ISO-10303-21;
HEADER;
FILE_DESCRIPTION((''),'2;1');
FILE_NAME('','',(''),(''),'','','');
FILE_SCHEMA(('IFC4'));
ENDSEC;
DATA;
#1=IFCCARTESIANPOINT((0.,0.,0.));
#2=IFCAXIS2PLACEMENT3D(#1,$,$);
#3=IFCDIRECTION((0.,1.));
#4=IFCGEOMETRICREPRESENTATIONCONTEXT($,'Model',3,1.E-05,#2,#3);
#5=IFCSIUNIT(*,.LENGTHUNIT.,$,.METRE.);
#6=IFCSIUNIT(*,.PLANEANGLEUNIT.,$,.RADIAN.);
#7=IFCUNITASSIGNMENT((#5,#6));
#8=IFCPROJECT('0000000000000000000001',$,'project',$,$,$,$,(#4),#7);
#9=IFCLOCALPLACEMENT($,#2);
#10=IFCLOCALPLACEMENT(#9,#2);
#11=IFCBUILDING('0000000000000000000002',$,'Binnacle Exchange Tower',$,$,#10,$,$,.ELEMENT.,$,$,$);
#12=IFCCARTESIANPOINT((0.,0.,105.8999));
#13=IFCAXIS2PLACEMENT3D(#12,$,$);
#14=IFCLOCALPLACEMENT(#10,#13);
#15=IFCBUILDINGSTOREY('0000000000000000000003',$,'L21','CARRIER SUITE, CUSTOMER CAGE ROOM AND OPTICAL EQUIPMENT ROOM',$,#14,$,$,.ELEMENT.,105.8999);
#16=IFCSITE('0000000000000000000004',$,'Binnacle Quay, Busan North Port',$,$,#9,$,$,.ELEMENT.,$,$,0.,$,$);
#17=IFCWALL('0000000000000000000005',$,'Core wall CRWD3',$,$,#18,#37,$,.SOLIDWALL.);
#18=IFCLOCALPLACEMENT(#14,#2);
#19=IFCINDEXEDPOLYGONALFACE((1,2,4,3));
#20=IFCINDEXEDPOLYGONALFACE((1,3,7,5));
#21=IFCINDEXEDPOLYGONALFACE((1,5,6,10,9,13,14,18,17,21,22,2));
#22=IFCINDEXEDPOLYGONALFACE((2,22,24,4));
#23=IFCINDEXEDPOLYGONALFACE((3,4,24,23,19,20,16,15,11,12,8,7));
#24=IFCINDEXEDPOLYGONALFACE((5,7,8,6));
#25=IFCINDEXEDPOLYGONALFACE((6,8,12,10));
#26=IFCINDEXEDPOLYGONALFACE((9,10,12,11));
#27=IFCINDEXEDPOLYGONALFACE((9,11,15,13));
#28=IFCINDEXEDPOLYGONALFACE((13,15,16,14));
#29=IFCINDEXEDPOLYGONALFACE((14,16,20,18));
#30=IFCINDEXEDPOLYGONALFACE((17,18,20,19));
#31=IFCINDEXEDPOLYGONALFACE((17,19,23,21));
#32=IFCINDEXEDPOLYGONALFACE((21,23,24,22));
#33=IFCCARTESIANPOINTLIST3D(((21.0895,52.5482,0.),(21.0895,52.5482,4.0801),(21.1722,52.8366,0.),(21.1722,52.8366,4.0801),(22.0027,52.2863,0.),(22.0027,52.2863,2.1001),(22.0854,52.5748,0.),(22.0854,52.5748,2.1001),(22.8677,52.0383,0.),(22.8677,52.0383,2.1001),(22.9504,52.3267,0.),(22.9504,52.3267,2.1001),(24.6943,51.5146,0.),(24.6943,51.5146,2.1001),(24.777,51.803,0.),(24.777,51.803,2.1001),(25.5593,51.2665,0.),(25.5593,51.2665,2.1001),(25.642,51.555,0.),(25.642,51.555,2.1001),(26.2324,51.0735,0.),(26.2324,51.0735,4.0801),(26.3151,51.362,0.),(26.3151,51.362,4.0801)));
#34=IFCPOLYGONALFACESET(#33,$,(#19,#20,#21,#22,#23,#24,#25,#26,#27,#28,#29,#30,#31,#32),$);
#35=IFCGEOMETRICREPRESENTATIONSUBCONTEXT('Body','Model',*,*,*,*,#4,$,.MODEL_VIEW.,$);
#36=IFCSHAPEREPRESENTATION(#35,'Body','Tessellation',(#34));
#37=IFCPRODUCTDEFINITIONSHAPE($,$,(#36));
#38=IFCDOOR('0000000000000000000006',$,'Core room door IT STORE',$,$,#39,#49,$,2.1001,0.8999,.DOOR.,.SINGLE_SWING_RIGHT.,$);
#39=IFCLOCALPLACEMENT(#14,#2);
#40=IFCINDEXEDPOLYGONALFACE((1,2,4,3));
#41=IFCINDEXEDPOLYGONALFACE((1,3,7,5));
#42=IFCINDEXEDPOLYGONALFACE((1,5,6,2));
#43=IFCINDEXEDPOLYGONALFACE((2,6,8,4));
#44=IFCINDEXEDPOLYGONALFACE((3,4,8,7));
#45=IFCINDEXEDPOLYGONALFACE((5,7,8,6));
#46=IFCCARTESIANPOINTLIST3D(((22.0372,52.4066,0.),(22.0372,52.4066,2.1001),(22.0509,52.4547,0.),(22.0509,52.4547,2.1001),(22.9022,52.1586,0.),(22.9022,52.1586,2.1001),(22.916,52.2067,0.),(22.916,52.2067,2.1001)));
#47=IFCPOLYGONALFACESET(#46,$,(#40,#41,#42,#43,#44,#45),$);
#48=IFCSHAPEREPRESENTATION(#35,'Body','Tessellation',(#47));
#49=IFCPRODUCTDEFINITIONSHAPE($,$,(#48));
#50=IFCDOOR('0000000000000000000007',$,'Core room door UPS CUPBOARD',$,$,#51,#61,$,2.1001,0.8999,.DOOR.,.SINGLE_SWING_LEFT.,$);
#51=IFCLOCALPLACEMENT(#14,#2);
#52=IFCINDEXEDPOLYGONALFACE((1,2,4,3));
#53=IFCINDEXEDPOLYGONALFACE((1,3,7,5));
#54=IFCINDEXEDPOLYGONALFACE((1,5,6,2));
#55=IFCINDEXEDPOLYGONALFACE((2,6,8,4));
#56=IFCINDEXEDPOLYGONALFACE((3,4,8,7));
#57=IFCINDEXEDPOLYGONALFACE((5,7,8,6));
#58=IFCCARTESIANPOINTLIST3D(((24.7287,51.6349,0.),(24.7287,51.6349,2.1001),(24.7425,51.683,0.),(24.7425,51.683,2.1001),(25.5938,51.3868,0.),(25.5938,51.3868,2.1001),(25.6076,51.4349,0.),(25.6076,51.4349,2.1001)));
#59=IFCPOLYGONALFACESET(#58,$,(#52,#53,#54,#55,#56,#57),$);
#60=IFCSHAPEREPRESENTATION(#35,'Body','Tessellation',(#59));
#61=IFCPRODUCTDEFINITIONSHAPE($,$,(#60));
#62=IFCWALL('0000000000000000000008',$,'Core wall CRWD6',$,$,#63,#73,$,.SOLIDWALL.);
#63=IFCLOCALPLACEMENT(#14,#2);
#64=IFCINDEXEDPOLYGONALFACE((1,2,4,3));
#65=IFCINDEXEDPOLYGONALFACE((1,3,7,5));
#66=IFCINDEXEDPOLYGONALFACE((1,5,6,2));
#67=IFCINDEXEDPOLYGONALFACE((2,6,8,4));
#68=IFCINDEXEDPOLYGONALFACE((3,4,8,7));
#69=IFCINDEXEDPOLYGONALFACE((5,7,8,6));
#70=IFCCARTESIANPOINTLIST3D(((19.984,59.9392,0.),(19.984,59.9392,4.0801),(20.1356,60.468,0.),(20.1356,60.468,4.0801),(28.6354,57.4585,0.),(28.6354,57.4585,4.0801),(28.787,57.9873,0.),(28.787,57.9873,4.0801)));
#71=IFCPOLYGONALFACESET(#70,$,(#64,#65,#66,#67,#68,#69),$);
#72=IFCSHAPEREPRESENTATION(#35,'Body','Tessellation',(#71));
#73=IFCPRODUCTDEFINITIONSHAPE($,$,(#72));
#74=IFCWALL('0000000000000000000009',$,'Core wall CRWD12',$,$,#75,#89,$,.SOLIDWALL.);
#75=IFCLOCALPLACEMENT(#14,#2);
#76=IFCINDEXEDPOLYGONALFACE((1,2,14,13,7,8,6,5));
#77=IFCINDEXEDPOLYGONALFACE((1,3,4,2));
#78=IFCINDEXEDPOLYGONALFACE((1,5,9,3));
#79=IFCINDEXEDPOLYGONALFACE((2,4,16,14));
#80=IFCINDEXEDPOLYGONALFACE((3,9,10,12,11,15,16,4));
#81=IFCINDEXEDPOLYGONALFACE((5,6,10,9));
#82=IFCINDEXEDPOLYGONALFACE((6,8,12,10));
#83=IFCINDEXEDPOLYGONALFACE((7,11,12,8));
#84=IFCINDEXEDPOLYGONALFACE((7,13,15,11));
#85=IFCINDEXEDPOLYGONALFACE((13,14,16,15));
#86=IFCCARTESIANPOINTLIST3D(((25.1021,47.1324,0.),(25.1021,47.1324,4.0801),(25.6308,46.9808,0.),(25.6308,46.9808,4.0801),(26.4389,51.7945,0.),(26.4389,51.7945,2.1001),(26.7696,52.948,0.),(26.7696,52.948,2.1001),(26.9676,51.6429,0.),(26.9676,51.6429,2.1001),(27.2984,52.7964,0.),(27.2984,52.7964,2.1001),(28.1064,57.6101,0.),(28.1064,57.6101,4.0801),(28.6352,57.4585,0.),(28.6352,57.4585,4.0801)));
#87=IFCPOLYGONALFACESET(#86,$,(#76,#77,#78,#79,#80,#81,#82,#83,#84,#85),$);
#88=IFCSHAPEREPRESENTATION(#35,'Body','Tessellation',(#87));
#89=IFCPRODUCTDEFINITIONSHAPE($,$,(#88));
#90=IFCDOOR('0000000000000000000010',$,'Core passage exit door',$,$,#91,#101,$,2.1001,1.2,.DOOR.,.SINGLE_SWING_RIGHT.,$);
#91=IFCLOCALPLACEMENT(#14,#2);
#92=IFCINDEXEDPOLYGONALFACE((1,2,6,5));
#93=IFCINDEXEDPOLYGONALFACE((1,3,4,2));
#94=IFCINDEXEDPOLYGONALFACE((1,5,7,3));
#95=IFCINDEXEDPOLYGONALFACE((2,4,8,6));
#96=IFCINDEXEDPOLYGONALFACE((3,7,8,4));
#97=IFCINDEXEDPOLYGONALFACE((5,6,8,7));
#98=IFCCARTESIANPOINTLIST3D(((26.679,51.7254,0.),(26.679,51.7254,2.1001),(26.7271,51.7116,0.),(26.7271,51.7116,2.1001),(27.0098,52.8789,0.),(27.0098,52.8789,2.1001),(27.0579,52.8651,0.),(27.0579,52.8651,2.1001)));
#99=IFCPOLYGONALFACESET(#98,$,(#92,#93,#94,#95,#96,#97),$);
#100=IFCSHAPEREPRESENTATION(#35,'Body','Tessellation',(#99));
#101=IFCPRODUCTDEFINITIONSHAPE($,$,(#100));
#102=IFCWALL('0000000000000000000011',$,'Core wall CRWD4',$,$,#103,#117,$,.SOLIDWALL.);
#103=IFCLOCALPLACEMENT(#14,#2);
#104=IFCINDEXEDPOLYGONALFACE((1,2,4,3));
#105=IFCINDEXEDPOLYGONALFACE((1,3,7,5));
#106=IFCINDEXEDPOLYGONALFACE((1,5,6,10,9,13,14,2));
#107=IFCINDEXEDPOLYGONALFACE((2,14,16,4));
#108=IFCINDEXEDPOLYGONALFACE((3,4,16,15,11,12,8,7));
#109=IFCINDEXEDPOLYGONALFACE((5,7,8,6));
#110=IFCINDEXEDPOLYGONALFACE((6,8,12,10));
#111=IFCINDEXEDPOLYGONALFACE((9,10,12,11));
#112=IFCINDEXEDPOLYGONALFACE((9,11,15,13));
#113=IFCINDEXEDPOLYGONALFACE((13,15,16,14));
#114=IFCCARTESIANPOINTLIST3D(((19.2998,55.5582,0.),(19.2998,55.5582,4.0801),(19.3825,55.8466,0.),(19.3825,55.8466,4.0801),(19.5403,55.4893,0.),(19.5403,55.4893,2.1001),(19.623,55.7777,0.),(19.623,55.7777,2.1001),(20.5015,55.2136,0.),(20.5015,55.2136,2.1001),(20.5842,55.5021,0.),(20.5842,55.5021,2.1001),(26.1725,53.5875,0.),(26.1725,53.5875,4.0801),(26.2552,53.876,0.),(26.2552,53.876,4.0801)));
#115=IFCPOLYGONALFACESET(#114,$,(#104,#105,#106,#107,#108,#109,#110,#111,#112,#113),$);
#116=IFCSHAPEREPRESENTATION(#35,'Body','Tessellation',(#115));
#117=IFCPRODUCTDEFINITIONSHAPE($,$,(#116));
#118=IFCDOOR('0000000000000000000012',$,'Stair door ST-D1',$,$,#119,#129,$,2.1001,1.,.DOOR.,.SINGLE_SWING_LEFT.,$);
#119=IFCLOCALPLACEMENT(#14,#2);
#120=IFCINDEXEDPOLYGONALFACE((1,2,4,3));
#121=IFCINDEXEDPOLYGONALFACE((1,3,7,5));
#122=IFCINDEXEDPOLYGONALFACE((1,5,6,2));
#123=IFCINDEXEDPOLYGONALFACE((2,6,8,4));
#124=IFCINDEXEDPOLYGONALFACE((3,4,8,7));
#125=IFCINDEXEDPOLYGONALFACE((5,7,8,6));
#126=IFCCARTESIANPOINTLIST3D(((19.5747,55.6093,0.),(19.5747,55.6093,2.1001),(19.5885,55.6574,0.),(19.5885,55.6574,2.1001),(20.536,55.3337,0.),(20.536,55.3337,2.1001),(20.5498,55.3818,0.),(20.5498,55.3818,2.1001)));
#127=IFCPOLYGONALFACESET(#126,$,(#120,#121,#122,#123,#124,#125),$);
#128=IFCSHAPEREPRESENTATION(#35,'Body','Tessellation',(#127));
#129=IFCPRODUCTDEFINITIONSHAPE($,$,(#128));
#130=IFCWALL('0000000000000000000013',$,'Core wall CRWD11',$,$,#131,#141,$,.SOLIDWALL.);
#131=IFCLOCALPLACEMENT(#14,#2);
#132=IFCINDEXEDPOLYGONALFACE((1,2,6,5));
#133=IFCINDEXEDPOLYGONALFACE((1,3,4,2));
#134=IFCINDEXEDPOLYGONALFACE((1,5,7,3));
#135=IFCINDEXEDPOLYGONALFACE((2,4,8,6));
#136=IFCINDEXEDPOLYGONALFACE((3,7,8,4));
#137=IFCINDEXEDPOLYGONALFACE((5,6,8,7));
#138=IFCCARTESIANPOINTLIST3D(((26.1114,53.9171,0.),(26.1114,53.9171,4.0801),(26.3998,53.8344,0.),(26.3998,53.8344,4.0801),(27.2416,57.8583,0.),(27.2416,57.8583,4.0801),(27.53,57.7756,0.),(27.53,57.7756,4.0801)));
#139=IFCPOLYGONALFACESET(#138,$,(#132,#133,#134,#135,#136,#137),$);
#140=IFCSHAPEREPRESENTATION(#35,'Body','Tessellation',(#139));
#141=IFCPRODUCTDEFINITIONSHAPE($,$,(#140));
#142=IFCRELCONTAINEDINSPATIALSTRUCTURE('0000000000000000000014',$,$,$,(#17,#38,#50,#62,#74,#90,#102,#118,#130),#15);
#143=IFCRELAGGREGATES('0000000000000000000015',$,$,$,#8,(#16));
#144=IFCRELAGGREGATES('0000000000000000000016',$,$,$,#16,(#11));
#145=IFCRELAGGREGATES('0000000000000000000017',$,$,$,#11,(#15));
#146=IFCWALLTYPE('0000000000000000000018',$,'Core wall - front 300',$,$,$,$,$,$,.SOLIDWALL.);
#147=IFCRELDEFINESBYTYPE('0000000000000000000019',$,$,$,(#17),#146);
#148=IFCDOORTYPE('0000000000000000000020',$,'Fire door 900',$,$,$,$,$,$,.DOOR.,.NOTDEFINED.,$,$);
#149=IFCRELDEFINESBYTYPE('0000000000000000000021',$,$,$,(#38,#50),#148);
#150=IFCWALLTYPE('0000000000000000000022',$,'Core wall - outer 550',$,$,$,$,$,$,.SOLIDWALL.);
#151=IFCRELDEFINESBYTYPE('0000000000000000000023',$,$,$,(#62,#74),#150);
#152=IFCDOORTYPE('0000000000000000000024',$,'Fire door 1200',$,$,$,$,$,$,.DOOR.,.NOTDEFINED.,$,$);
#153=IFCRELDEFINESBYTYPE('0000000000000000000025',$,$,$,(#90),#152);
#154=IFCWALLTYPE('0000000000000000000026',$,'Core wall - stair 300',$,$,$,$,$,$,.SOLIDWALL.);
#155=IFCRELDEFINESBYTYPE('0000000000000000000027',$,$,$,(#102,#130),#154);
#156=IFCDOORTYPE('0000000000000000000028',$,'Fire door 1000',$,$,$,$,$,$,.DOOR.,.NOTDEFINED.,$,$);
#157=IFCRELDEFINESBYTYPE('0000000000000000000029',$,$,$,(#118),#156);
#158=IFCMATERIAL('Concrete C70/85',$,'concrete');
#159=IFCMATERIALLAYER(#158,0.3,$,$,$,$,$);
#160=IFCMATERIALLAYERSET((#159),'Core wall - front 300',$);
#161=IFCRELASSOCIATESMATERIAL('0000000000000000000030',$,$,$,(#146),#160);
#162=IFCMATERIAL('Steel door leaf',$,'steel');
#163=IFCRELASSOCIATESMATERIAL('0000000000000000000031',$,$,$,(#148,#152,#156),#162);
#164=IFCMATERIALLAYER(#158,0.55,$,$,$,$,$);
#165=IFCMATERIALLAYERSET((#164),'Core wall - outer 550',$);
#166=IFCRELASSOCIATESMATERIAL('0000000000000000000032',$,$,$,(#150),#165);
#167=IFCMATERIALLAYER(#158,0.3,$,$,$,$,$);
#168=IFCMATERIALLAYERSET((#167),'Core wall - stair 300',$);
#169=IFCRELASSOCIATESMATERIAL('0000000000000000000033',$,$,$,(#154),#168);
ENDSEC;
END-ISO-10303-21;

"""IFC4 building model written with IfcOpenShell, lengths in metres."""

from ifc_helpers import new_model, si_unit, direction, frame, frame_2d, origin, place, context, subcontext, project, spatial, rectangle, extrude, material, layer, layer_set, type_object, element, fill, save


model = new_model("IFC4")

# Units and contexts
model_context = context("Model", 3, precision=1e-05, world=origin(), true_north=direction((0.0, 1.0)))
body_context = subcontext(model_context, "Body", "Model", "MODEL_VIEW")
ifc_project = project(units=[si_unit("LENGTHUNIT", "METRE"), si_unit("PLANEANGLEUNIT", "RADIAN")], contexts=[model_context])

# Site, building, storey
site_placement = place(None, origin())
site = spatial("IfcSite", under=ifc_project, at=site_placement, Name="Binnacle Quay, Busan North Port", CompositionType="ELEMENT", RefElevation=0.0)
building_placement = place(site_placement, origin())
building = spatial("IfcBuilding", under=site, at=building_placement, Name="Binnacle Exchange Tower", CompositionType="ELEMENT")
storey_placement = place(building_placement, frame((0.0, 0.0, 105.8999)))
storey = spatial("IfcBuildingStorey", under=building, at=storey_placement, Name="L21", Description="CARRIER SUITE, CUSTOMER CAGE ROOM AND OPTICAL EQUIPMENT ROOM", CompositionType="ELEMENT", Elevation=105.8999)

# Shared definitions
ifc_material_1 = material(Name="Concrete C70/85", Category="concrete")

# Wall, openings, doors
ifc_layer_1 = layer(ifc_material_1, 0.3)
ifc_layer_set_1 = layer_set([ifc_layer_1], Name="Core wall - front 300")
wall_type_1 = type_object("IfcWallType", Name="Core wall - front 300", PredefinedType="SOLIDWALL", material=ifc_layer_set_1)
wall_1_placement = place(storey_placement, frame((21.1309, 52.6924, 0.0), z_axis=(0.0, 0.0, 1.0), x_axis=(0.961265, -0.275625, 0.0)))
wall_1 = element("IfcWall", 1, at=wall_1_placement, inside=storey, type_object=wall_type_1, Name="Core wall CRWD3", PredefinedType="SOLIDWALL", context=body_context, shape_type="SweptSolid", body=[
    extrude(rectangle(XDim=5.3501, YDim=0.3, at=frame_2d((2.675, 0.0))), origin(), (0.0, 0.0, 1.0), 4.0801),
])
opening_1_placement = place(wall_1_placement, frame((0.95, 0.0, 0.0)))
opening_1 = element("IfcOpeningElement", 2, at=opening_1_placement, cuts=wall_1, PredefinedType="OPENING", context=body_context, shape_type="SweptSolid", body=[
    extrude(rectangle(XDim=0.8999, YDim=2.1001, at=frame_2d((0.45, 1.05))), frame((0.0, 0.1599, 0.0), z_axis=(0.0, -1.0, 0.0), x_axis=(1.0, 0.0, 0.0)), (0.0, 0.0, 1.0), 0.3201),
])
opening_2_placement = place(wall_1_placement, frame((3.75, 0.0, 0.0)))
opening_2 = element("IfcOpeningElement", 3, at=opening_2_placement, cuts=wall_1, PredefinedType="OPENING", context=body_context, shape_type="SweptSolid", body=[
    extrude(rectangle(XDim=0.8999, YDim=2.1001, at=frame_2d((0.45, 1.05))), frame((0.0, 0.1599, 0.0), z_axis=(0.0, -1.0, 0.0), x_axis=(1.0, 0.0, 0.0)), (0.0, 0.0, 1.0), 0.3201),
])
ifc_material_2 = material(Name="Steel door leaf", Category="steel")
door_type_1 = type_object("IfcDoorType", Name="Fire door 900", OperationType="NOTDEFINED", PredefinedType="DOOR", material=ifc_material_2)
door_1_placement = place(opening_1_placement, frame((0.8999, 0.0, 0.0), z_axis=(0.0, 0.0, 1.0), x_axis=(-1.0, 0.0, 0.0)))
door_1 = element("IfcDoor", 4, at=door_1_placement, inside=storey, type_object=door_type_1, Name="Core room door IT STORE", OperationType="SINGLE_SWING_RIGHT", OverallHeight=2.1001, OverallWidth=0.8999, PredefinedType="DOOR", context=body_context, shape_type="SweptSolid", body=[
    extrude(rectangle(XDim=0.8999, YDim=2.1001, at=frame_2d((0.45, 1.05))), frame((0.0, 0.0249, 0.0), z_axis=(0.0, -1.0, 0.0), x_axis=(1.0, 0.0, 0.0)), (0.0, 0.0, 1.0), 0.05),
])
fill(opening_1, door_1)
door_2_placement = place(opening_2_placement, frame((0.8999, 0.0, 0.0), z_axis=(0.0, 0.0, 1.0), x_axis=(-1.0, 0.0, 0.0)))
door_2 = element("IfcDoor", 5, at=door_2_placement, inside=storey, type_object=door_type_1, Name="Core room door UPS CUPBOARD", OperationType="SINGLE_SWING_LEFT", OverallHeight=2.1001, OverallWidth=0.8999, PredefinedType="DOOR", context=body_context, shape_type="SweptSolid", body=[
    extrude(rectangle(XDim=0.8999, YDim=2.1001, at=frame_2d((0.45, 1.05))), frame((0.0, 0.0249, 0.0), z_axis=(0.0, -1.0, 0.0), x_axis=(1.0, 0.0, 0.0)), (0.0, 0.0, 1.0), 0.05),
])
fill(opening_2, door_2)

# Wall
ifc_layer_2 = layer(ifc_material_1, 0.55)
ifc_layer_set_2 = layer_set([ifc_layer_2], Name="Core wall - outer 550")
wall_type_2 = type_object("IfcWallType", Name="Core wall - outer 550", PredefinedType="SOLIDWALL", material=ifc_layer_set_2)
wall_2_placement = place(storey_placement, frame((20.0598, 60.2036, 0.0), z_axis=(0.0, 0.0, 1.0), x_axis=(0.961262, -0.275635, 0.0)))
element("IfcWall", 6, at=wall_2_placement, inside=storey, type_object=wall_type_2, Name="Core wall CRWD6", PredefinedType="SOLIDWALL", context=body_context, shape_type="SweptSolid", body=[
    extrude(rectangle(XDim=9.0, YDim=0.55, at=frame_2d((4.5, 0.0))), origin(), (0.0, 0.0, 1.0), 4.0801),
])

# Walls, openings, doors
wall_3_placement = place(storey_placement, frame((25.3665, 47.0566, 0.0), z_axis=(0.0, 0.0, 1.0), x_axis=(0.275632, 0.961263, 0.0)))
wall_3 = element("IfcWall", 7, at=wall_3_placement, inside=storey, type_object=wall_type_2, Name="Core wall CRWD12", PredefinedType="SOLIDWALL", context=body_context, shape_type="SweptSolid", body=[
    extrude(rectangle(XDim=10.8999, YDim=0.55, at=frame_2d((5.45, 0.0))), origin(), (0.0, 0.0, 1.0), 4.0801),
])
opening_3_placement = place(wall_3_placement, frame((4.8499, 0.0, 0.0)))
opening_3 = element("IfcOpeningElement", 8, at=opening_3_placement, cuts=wall_3, PredefinedType="OPENING", context=body_context, shape_type="SweptSolid", body=[
    extrude(rectangle(XDim=1.2, YDim=2.1001, at=frame_2d((0.6001, 1.05))), frame((0.0, 0.2849, 0.0), z_axis=(0.0, -1.0, 0.0), x_axis=(1.0, 0.0, 0.0)), (0.0, 0.0, 1.0), 0.5701),
])
door_type_2 = type_object("IfcDoorType", Name="Fire door 1200", OperationType="NOTDEFINED", PredefinedType="DOOR", material=ifc_material_2)
door_3_placement = place(opening_3_placement, frame((1.2, 0.0, 0.0), z_axis=(0.0, 0.0, 1.0), x_axis=(-1.0, 0.0, 0.0)))
door_3 = element("IfcDoor", 9, at=door_3_placement, inside=storey, type_object=door_type_2, Name="Core passage exit door", OperationType="SINGLE_SWING_RIGHT", OverallHeight=2.1001, OverallWidth=1.2, PredefinedType="DOOR", context=body_context, shape_type="SweptSolid", body=[
    extrude(rectangle(XDim=1.2, YDim=2.1001, at=frame_2d((0.6001, 1.05))), frame((0.0, 0.0249, 0.0), z_axis=(0.0, -1.0, 0.0), x_axis=(1.0, 0.0, 0.0)), (0.0, 0.0, 1.0), 0.05),
])
fill(opening_3, door_3)
ifc_layer_3 = layer(ifc_material_1, 0.3)
ifc_layer_set_3 = layer_set([ifc_layer_3], Name="Core wall - stair 300")
wall_type_3 = type_object("IfcWallType", Name="Core wall - stair 300", PredefinedType="SOLIDWALL", material=ifc_layer_set_3)
wall_4_placement = place(storey_placement, frame((19.3413, 55.7024, 0.0), z_axis=(0.0, 0.0, 1.0), x_axis=(0.961263, -0.275632, 0.0)))
wall_4 = element("IfcWall", 10, at=wall_4_placement, inside=storey, type_object=wall_type_3, Name="Core wall CRWD4", PredefinedType="SOLIDWALL", context=body_context, shape_type="SweptSolid", body=[
    extrude(rectangle(XDim=7.1497, YDim=0.3, at=frame_2d((3.5747, 0.0))), origin(), (0.0, 0.0, 1.0), 4.0801),
])
opening_4_placement = place(wall_4_placement, frame((0.25, 0.0, 0.0)))
opening_4 = element("IfcOpeningElement", 11, at=opening_4_placement, cuts=wall_4, PredefinedType="OPENING", context=body_context, shape_type="SweptSolid", body=[
    extrude(rectangle(XDim=1.0, YDim=2.1001, at=frame_2d((0.5, 1.05))), frame((0.0, 0.1599, 0.0), z_axis=(0.0, -1.0, 0.0), x_axis=(1.0, 0.0, 0.0)), (0.0, 0.0, 1.0), 0.3201),
])
door_type_3 = type_object("IfcDoorType", Name="Fire door 1000", OperationType="NOTDEFINED", PredefinedType="DOOR", material=ifc_material_2)
door_4_placement = place(opening_4_placement, origin())
door_4 = element("IfcDoor", 12, at=door_4_placement, inside=storey, type_object=door_type_3, Name="Stair door ST-D1", OperationType="SINGLE_SWING_LEFT", OverallHeight=2.1001, OverallWidth=1.0, PredefinedType="DOOR", context=body_context, shape_type="SweptSolid", body=[
    extrude(rectangle(XDim=1.0, YDim=2.1001, at=frame_2d((0.5, 1.05))), frame((0.0, 0.0249, 0.0), z_axis=(0.0, -1.0, 0.0), x_axis=(1.0, 0.0, 0.0)), (0.0, 0.0, 1.0), 0.05),
])
fill(opening_4, door_4)

# Wall
wall_5_placement = place(storey_placement, frame((26.2556, 53.8757, 0.0), z_axis=(0.0, 0.0, 1.0), x_axis=(0.275641, 0.961261, 0.0)))
element("IfcWall", 13, at=wall_5_placement, inside=storey, type_object=wall_type_3, Name="Core wall CRWD11", PredefinedType="SOLIDWALL", context=body_context, shape_type="SweptSolid", body=[
    extrude(rectangle(XDim=4.1001, YDim=0.3, at=frame_2d((2.05, 0.0))), origin(), (0.0, 0.0, 1.0), 4.0801),
])

save(model, "model.ifc")
